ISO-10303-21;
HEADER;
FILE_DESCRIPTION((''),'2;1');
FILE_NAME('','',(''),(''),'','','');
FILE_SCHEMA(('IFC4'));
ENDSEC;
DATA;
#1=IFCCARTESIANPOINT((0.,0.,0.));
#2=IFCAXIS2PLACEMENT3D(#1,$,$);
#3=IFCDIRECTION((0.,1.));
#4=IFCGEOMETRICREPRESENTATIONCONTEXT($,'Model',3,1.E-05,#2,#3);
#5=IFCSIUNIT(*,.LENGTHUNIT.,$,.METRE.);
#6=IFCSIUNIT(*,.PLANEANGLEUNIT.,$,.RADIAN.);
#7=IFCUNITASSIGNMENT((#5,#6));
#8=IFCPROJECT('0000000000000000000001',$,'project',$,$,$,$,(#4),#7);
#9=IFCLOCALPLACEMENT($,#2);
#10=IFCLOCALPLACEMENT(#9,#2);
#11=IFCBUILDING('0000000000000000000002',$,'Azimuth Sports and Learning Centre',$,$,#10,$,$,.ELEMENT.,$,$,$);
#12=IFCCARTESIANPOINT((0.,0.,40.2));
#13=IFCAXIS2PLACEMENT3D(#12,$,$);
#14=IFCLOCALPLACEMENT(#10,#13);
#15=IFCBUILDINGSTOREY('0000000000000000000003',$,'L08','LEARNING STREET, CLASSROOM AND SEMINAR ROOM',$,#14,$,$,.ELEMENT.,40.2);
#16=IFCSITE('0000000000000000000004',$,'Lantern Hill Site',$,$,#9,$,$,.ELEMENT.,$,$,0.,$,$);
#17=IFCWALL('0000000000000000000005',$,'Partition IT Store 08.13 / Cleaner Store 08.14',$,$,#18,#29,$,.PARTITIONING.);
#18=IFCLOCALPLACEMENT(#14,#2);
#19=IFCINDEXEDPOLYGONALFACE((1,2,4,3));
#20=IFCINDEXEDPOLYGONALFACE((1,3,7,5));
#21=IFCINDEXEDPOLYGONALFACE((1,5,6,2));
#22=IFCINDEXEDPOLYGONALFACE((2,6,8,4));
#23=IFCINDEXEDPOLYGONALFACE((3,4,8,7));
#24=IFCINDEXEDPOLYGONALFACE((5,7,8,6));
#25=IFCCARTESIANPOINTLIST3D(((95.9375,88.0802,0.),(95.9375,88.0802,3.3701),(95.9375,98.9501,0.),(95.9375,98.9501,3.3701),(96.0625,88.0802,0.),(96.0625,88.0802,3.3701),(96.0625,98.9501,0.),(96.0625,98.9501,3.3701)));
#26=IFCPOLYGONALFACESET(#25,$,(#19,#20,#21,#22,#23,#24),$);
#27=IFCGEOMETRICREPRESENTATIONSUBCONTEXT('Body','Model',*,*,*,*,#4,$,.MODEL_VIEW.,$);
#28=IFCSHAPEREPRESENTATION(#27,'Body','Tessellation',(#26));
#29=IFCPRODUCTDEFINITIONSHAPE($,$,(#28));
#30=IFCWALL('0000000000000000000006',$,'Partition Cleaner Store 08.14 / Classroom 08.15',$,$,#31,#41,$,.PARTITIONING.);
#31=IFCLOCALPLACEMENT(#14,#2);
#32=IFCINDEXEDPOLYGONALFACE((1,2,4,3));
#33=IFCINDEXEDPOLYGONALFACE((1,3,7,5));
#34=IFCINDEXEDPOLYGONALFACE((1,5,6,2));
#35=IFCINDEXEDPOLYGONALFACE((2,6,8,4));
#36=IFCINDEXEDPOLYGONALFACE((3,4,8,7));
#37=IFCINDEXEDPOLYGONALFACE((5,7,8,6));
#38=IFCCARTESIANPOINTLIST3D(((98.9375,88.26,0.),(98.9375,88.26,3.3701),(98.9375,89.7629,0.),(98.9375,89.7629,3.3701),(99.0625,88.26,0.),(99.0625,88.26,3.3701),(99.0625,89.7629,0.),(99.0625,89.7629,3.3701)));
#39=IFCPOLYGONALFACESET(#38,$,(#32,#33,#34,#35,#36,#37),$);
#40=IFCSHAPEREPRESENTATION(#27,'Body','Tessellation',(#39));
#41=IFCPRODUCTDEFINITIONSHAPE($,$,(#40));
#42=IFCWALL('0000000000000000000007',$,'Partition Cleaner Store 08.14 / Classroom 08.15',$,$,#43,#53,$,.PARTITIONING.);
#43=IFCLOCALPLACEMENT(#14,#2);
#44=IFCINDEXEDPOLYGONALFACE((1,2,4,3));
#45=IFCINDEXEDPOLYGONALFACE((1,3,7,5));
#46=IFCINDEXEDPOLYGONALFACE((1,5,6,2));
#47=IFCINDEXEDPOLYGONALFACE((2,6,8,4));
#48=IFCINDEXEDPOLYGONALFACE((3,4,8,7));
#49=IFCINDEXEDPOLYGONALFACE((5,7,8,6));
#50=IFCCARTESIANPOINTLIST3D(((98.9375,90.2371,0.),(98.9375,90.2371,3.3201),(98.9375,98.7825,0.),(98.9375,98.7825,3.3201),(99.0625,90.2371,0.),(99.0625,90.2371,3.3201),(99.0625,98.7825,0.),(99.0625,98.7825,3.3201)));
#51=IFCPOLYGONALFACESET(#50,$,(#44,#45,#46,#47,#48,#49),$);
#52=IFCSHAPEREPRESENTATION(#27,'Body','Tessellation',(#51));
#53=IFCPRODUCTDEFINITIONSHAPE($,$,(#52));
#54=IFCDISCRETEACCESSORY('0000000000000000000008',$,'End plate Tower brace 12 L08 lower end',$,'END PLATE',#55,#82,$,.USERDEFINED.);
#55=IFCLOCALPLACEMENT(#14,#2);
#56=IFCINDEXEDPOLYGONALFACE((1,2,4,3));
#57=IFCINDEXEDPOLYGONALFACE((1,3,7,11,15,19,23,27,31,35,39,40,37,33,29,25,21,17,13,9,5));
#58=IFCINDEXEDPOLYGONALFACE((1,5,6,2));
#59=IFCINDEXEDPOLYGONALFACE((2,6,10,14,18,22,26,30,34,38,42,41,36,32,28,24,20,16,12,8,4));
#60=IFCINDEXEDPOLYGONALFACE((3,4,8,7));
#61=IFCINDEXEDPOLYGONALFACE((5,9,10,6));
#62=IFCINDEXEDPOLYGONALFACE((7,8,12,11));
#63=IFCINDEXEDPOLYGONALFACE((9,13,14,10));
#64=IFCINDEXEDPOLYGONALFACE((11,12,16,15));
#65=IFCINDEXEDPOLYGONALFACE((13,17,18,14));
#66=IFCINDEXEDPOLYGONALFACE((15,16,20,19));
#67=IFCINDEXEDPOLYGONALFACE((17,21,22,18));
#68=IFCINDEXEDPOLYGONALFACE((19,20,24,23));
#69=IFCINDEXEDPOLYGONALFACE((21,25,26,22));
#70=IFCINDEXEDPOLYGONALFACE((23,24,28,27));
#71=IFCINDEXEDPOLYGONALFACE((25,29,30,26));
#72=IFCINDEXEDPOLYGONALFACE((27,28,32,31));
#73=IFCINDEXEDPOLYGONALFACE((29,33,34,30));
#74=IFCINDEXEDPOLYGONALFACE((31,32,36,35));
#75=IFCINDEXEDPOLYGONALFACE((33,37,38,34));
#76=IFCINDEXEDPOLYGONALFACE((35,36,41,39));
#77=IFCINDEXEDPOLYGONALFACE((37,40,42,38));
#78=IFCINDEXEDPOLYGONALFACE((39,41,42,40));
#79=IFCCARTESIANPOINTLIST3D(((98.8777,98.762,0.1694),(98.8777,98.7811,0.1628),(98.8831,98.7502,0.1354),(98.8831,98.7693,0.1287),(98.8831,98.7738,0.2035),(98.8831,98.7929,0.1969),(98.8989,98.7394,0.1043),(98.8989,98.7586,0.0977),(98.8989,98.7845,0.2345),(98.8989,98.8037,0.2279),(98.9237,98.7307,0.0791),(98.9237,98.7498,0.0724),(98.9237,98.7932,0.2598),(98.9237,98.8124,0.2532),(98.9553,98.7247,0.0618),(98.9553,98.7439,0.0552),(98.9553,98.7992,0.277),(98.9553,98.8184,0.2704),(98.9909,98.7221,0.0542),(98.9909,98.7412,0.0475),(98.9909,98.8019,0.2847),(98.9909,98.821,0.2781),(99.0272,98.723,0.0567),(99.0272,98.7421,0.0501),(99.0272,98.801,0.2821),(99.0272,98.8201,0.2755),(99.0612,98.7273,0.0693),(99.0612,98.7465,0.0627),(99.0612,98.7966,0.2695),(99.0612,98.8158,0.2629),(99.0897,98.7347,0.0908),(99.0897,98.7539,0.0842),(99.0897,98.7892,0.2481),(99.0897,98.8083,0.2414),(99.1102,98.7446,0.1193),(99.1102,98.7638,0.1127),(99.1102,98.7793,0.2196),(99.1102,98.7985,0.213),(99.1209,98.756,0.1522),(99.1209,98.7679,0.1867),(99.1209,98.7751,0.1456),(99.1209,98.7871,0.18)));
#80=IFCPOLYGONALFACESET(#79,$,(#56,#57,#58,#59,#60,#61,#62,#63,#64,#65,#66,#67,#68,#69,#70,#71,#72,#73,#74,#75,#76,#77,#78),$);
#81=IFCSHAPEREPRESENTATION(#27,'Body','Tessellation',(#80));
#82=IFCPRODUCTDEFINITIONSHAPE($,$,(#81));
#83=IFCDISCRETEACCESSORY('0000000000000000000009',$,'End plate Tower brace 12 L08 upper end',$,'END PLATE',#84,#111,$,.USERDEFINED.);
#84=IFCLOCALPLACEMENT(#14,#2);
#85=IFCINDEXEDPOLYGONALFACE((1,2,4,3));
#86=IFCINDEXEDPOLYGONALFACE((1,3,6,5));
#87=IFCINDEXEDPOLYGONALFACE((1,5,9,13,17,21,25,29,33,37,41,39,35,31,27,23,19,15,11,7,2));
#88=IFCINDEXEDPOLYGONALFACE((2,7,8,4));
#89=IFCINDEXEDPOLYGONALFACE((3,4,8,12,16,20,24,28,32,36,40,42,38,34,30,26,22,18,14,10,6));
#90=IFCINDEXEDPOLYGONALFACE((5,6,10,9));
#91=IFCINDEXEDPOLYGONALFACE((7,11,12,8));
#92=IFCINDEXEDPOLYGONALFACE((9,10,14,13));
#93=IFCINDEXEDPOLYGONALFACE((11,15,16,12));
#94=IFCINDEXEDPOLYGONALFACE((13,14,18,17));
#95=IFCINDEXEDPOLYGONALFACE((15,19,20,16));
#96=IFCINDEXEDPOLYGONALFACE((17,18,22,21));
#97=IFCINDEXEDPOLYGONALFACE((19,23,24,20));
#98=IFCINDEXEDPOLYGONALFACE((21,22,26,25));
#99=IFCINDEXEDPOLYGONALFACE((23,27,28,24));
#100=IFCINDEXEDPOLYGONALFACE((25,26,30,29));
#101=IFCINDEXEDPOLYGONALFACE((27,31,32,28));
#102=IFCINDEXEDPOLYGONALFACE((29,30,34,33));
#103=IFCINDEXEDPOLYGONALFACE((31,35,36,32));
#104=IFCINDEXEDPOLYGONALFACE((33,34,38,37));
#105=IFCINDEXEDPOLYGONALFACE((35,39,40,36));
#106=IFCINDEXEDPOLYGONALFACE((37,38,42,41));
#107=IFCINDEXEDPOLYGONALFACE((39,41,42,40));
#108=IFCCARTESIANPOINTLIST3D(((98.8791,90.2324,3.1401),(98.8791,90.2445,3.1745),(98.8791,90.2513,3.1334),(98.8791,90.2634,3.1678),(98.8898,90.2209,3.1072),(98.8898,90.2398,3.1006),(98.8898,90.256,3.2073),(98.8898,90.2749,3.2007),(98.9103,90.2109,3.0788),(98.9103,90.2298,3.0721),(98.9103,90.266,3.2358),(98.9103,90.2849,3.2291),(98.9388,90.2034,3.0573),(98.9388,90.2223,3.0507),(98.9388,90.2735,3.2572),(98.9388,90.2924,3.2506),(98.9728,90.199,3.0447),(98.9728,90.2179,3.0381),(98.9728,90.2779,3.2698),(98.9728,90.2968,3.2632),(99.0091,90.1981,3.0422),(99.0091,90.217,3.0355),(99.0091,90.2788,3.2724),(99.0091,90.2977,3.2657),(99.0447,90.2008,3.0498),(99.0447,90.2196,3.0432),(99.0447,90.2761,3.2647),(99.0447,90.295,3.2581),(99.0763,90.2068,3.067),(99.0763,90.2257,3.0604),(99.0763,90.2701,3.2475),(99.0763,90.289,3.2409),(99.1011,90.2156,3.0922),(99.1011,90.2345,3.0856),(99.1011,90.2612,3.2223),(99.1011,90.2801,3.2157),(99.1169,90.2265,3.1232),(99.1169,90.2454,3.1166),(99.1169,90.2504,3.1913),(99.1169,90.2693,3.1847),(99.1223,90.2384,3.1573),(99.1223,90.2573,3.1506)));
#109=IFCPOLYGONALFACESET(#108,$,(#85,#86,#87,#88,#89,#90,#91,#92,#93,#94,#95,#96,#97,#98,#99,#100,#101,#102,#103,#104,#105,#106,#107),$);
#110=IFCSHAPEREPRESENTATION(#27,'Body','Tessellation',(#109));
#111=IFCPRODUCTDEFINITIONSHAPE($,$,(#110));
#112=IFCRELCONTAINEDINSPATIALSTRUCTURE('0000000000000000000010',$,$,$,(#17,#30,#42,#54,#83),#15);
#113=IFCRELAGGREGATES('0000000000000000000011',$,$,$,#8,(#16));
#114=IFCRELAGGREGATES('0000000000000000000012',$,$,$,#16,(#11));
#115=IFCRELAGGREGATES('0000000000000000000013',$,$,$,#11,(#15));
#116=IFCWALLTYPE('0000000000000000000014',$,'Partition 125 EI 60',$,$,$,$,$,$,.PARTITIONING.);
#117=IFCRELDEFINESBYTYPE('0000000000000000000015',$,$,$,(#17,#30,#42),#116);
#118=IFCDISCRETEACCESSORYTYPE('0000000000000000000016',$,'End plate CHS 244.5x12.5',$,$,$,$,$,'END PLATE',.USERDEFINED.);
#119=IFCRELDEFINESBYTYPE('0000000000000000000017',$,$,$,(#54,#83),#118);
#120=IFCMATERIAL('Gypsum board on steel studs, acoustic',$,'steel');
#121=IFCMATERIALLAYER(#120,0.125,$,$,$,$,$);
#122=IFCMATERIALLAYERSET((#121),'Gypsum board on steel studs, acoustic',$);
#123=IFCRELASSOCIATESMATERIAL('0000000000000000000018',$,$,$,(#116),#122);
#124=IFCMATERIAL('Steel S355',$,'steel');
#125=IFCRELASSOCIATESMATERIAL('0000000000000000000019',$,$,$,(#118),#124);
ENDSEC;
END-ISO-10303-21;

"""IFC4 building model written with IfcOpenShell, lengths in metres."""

from ifc_helpers import new_model, si_unit, direction, frame, frame_2d, origin, origin_2d, place, context, subcontext, project, spatial, rectangle, circle, extrude, material, layer, layer_set, material_profile, profile_set, type_object, element, save


model = new_model("IFC4")

# Units and contexts
model_context = context("Model", 3, precision=1e-05, world=origin(), true_north=direction((0.0, 1.0)))
body_context = subcontext(model_context, "Body", "Model", "MODEL_VIEW")
ifc_project = project(units=[si_unit("LENGTHUNIT", "METRE"), si_unit("PLANEANGLEUNIT", "RADIAN")], contexts=[model_context])

# Site, building, storey
site_placement = place(None, origin())
site = spatial("IfcSite", under=ifc_project, at=site_placement, Name="Lantern Hill Site", CompositionType="ELEMENT", RefElevation=0.0)
building_placement = place(site_placement, origin())
building = spatial("IfcBuilding", under=site, at=building_placement, Name="Azimuth Sports and Learning Centre", CompositionType="ELEMENT")
storey_placement = place(building_placement, frame((0.0, 0.0, 40.2)))
storey = spatial("IfcBuildingStorey", under=building, at=storey_placement, Name="L08", Description="LEARNING STREET, CLASSROOM AND SEMINAR ROOM", CompositionType="ELEMENT", Elevation=40.2)

# Walls
ifc_material_1 = material(Name="Gypsum board on steel studs, acoustic", Category="steel")
ifc_layer_1 = layer(ifc_material_1, 0.125)
ifc_layer_set_1 = layer_set([ifc_layer_1], Name="Gypsum board on steel studs, acoustic")
wall_type_1 = type_object("IfcWallType", Name="Partition 125 EI 60", PredefinedType="PARTITIONING", material=ifc_layer_set_1)
wall_1_placement = place(storey_placement, frame((96.0, 88.0801, 0.0), z_axis=(0.0, 0.0, 1.0), x_axis=(0.0, 1.0, 0.0)))
element("IfcWall", 1, at=wall_1_placement, inside=storey, type_object=wall_type_1, Name="Partition IT Store 08.13 / Cleaner Store 08.14", PredefinedType="PARTITIONING", context=body_context, shape_type="SweptSolid", body=[
    extrude(rectangle(XDim=10.8699, YDim=0.125, at=frame_2d((5.4351, 0.0))), origin(), (0.0, 0.0, 1.0), 3.3701),
])
wall_2_placement = place(storey_placement, frame((99.0, 88.26, 0.0), z_axis=(0.0, 0.0, 1.0), x_axis=(0.0, 1.0, 0.0)))
element("IfcWall", 2, at=wall_2_placement, inside=storey, type_object=wall_type_1, Name="Partition Cleaner Store 08.14 / Classroom 08.15", PredefinedType="PARTITIONING", context=body_context, shape_type="SweptSolid", body=[
    extrude(rectangle(XDim=1.5029, YDim=0.125, at=frame_2d((0.7515, 0.0))), origin(), (0.0, 0.0, 1.0), 3.3701),
])
wall_3_placement = place(storey_placement, frame((99.0, 90.2371, 0.0), z_axis=(0.0, 0.0, 1.0), x_axis=(0.0, 1.0, 0.0)))
element("IfcWall", 3, at=wall_3_placement, inside=storey, type_object=wall_type_1, Name="Partition Cleaner Store 08.14 / Classroom 08.15", PredefinedType="PARTITIONING", context=body_context, shape_type="SweptSolid", body=[
    extrude(rectangle(XDim=8.5454, YDim=0.125, at=frame_2d((4.2727, 0.0))), origin(), (0.0, 0.0, 1.0), 3.3201),
])

# Discrete accessories
ifc_material_2 = material(Name="Steel S355", Category="steel")
ifc_material_profile_1 = material_profile(ifc_material_2, circle(Radius=0.1223, at=origin_2d()), Name="PL 244 DISC")
ifc_profile_set_1 = profile_set([ifc_material_profile_1], Name="Steel S355")
discrete_accessory_type = type_object("IfcDiscreteAccessoryType", Name="End plate CHS 244.5x12.5", ElementType="END PLATE", PredefinedType="USERDEFINED", material=ifc_profile_set_1)
discrete_accessory_1_placement = place(storey_placement, frame((99.0, 98.762, 0.1694), z_axis=(0.0, 0.944986, -0.327111), x_axis=(-1.0, 0.0, 0.0)))
element("IfcDiscreteAccessory", 4, at=discrete_accessory_1_placement, inside=storey, type_object=discrete_accessory_type, Name="End plate Tower brace 12 L08 lower end", ObjectType="END PLATE", PredefinedType="USERDEFINED", context=body_context, shape_type="SweptSolid", body=[
    extrude(circle(Radius=0.1223, at=origin_2d()), origin(), (0.0, 0.0, 1.0), 0.0203),
])
discrete_accessory_2_placement = place(storey_placement, frame((99.0, 90.2573, 3.1506), z_axis=(0.0, -0.943667, 0.330896), x_axis=(1.0, 0.0, 0.0)))
element("IfcDiscreteAccessory", 5, at=discrete_accessory_2_placement, inside=storey, type_object=discrete_accessory_type, Name="End plate Tower brace 12 L08 upper end", ObjectType="END PLATE", PredefinedType="USERDEFINED", context=body_context, shape_type="SweptSolid", body=[
    extrude(circle(Radius=0.1223, at=origin_2d()), origin(), (0.0, 0.0, 1.0), 0.02),
])

save(model, "model.ifc")
